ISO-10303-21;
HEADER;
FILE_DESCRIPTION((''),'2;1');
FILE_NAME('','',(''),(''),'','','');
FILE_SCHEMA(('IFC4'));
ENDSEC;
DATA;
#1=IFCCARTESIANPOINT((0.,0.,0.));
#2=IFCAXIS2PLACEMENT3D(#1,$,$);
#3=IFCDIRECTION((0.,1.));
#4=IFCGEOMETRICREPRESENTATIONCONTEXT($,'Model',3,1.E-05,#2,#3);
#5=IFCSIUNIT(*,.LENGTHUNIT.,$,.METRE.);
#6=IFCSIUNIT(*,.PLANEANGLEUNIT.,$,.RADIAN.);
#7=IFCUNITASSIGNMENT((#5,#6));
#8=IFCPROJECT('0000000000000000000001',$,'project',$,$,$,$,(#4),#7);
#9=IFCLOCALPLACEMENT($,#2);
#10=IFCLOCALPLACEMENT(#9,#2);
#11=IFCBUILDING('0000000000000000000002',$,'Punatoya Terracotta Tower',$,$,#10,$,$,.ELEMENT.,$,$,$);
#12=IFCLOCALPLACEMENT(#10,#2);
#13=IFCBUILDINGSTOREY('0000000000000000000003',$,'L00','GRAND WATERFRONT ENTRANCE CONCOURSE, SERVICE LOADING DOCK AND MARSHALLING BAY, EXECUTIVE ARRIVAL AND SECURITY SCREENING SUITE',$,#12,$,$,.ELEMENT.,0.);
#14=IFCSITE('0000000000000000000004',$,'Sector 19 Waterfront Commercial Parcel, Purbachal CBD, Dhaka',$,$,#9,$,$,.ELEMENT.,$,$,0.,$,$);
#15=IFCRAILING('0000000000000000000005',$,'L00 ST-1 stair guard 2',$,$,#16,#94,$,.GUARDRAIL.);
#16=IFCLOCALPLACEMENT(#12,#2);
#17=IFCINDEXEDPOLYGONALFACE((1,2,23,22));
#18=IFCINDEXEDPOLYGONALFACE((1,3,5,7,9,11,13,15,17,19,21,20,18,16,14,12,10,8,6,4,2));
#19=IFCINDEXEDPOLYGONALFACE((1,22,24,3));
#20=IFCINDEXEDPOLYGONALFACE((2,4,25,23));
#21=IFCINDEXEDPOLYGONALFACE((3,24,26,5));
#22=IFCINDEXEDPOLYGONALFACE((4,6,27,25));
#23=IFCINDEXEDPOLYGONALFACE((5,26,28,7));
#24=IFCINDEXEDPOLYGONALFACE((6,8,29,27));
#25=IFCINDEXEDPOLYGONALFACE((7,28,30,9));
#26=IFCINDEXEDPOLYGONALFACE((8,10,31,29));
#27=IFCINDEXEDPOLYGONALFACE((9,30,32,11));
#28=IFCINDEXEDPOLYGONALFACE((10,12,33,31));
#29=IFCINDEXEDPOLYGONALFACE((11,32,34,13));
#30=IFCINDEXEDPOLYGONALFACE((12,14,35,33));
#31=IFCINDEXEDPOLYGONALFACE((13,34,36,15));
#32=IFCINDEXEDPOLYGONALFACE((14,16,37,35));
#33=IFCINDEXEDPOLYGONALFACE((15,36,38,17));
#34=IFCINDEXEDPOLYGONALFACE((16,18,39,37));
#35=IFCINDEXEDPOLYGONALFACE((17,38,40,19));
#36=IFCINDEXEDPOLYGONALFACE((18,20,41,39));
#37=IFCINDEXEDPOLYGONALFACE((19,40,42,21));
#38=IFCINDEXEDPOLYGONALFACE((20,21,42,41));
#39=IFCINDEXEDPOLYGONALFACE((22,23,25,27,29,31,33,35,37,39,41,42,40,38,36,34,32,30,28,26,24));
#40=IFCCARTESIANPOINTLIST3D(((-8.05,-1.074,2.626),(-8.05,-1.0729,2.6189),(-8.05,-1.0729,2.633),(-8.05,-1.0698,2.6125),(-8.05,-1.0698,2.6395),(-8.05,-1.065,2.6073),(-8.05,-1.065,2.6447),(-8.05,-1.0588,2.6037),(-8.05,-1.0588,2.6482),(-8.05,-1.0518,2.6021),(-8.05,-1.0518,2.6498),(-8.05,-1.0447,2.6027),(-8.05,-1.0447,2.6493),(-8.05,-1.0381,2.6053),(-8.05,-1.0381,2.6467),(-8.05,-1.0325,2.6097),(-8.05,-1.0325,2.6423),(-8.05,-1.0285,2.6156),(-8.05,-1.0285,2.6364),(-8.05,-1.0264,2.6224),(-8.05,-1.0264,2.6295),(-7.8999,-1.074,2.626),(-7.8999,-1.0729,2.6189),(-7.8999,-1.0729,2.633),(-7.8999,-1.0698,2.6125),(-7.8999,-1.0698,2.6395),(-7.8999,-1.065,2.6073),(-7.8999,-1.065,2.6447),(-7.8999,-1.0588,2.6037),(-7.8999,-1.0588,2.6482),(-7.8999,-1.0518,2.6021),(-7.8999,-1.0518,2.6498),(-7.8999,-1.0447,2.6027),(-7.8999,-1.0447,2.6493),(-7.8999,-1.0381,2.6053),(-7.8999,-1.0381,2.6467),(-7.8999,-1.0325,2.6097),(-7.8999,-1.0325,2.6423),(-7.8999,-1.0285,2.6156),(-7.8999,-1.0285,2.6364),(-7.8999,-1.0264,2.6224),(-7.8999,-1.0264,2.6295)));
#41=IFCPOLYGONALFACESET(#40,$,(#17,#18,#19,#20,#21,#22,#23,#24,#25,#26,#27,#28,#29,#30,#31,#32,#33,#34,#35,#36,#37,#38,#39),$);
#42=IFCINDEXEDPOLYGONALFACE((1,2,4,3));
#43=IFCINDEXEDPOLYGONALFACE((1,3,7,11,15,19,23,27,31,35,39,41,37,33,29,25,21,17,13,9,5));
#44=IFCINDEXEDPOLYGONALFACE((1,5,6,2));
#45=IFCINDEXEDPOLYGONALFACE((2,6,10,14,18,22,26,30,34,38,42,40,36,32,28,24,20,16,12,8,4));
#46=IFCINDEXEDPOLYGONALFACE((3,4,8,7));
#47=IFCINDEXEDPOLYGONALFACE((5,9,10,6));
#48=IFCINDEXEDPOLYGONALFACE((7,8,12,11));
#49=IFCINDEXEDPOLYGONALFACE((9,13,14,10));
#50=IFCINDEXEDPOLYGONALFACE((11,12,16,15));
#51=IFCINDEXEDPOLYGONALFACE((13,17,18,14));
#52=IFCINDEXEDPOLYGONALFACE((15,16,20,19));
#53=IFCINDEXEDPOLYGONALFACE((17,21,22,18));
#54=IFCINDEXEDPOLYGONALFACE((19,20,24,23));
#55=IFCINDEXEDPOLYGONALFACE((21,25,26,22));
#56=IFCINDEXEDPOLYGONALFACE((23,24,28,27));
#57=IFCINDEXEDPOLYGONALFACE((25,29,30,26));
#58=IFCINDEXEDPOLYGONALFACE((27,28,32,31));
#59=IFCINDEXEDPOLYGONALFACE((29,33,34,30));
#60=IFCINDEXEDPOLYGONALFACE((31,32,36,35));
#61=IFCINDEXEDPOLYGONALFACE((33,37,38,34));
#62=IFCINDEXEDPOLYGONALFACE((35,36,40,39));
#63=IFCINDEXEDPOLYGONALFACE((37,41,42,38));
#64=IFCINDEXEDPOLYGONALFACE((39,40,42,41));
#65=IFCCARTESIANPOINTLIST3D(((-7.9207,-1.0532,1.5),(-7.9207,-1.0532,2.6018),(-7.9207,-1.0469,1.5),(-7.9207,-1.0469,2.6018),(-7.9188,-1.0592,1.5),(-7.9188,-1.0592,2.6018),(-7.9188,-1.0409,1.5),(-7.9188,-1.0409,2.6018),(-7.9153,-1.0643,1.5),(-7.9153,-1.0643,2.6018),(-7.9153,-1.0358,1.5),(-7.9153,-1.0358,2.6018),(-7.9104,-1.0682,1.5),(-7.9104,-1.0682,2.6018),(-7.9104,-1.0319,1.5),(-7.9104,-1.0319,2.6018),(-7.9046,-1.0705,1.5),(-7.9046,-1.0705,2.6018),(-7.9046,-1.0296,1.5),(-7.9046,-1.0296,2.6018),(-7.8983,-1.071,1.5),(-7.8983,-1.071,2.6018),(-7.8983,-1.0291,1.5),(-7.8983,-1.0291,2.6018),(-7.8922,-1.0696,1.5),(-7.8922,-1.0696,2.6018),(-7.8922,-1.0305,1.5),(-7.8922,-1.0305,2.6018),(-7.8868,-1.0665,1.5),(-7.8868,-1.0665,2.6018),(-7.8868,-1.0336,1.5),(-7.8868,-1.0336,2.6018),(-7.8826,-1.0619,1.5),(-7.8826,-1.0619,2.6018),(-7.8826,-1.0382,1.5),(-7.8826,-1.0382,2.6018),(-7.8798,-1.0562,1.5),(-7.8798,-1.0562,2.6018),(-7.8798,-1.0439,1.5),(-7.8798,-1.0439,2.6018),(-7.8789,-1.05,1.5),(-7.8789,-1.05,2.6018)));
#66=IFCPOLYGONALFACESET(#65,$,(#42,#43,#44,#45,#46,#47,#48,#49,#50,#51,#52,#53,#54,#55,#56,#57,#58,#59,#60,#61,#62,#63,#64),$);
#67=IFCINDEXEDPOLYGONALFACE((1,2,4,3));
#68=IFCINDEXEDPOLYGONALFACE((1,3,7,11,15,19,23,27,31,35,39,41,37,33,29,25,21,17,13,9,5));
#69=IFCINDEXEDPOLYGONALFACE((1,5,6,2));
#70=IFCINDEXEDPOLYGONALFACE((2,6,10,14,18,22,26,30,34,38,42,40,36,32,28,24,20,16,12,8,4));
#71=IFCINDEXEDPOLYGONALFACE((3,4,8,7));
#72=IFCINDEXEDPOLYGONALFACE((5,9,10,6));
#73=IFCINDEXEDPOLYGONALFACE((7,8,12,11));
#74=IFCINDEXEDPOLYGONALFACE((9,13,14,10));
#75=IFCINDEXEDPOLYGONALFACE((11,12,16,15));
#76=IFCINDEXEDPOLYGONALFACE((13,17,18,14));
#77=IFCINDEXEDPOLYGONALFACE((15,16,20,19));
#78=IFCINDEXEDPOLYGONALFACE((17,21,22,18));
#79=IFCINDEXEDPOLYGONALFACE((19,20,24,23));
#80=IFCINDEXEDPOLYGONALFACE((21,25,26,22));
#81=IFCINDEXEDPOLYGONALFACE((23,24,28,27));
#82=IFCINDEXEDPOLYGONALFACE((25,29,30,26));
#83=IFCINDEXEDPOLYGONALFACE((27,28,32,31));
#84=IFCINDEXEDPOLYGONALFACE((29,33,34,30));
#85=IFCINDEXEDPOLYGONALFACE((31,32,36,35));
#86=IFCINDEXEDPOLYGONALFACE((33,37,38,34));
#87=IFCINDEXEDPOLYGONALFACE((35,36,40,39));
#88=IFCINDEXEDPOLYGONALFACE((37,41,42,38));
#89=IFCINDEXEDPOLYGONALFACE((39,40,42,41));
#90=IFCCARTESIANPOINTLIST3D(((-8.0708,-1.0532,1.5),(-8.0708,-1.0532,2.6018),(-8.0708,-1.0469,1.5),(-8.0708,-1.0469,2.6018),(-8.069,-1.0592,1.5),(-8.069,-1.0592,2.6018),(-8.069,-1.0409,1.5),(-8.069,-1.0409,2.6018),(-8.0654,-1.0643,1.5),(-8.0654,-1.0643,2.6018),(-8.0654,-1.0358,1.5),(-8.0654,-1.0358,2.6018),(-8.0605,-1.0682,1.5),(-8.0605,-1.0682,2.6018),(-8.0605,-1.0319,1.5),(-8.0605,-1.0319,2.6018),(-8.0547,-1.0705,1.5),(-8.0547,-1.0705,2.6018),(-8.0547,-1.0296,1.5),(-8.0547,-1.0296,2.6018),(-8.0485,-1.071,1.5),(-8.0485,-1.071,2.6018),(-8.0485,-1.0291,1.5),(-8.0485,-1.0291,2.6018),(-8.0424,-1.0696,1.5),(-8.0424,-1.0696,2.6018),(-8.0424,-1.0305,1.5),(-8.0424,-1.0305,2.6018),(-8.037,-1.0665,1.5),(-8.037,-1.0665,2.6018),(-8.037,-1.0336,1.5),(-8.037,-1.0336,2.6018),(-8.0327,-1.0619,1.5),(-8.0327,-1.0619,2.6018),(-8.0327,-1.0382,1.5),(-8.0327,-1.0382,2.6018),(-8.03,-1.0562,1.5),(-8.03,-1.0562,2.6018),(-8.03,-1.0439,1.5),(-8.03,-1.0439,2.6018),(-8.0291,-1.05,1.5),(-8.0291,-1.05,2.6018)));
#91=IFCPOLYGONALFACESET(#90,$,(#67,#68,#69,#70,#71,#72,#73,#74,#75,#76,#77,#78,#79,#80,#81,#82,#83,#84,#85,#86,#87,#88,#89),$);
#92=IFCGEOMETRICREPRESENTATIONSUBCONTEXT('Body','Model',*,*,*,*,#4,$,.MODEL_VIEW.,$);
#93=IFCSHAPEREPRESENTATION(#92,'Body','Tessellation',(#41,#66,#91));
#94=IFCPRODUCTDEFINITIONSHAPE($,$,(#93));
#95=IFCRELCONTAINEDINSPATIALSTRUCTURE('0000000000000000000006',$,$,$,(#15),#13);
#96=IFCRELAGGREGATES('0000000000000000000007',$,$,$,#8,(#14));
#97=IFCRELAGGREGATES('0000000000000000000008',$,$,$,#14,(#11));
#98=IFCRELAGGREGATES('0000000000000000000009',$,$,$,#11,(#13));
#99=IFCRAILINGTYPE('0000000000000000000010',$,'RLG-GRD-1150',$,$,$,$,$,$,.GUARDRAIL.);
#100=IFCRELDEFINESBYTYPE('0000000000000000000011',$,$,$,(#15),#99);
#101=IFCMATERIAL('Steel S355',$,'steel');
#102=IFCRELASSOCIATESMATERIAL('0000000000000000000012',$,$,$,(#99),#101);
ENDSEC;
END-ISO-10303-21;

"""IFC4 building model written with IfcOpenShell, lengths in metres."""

from ifc_helpers import new_model, si_unit, direction, frame, origin, origin_2d, place, context, subcontext, project, spatial, circle, extrude, material, type_object, element, save


model = new_model("IFC4")

# Units and contexts
model_context = context("Model", 3, precision=1e-05, world=origin(), true_north=direction((0.0, 1.0)))
body_context = subcontext(model_context, "Body", "Model", "MODEL_VIEW")
ifc_project = project(units=[si_unit("LENGTHUNIT", "METRE"), si_unit("PLANEANGLEUNIT", "RADIAN")], contexts=[model_context])

# Site, building, storey
site_placement = place(None, origin())
site = spatial("IfcSite", under=ifc_project, at=site_placement, Name="Sector 19 Waterfront Commercial Parcel, Purbachal CBD, Dhaka", CompositionType="ELEMENT", RefElevation=0.0)
building_placement = place(site_placement, origin())
building = spatial("IfcBuilding", under=site, at=building_placement, Name="Punatoya Terracotta Tower", CompositionType="ELEMENT")
storey_placement = place(building_placement, origin())
storey = spatial("IfcBuildingStorey", under=building, at=storey_placement, Name="L00", Description="GRAND WATERFRONT ENTRANCE CONCOURSE, SERVICE LOADING DOCK AND MARSHALLING BAY, EXECUTIVE ARRIVAL AND SECURITY SCREENING SUITE", CompositionType="ELEMENT", Elevation=0.0)

# Shared definitions
ifc_material_1 = material(Name="Steel S355", Category="steel")

# Railing
railing_type_1 = type_object("IfcRailingType", Name="RLG-GRD-1150", PredefinedType="GUARDRAIL", material=ifc_material_1)
railing_1_placement = place(storey_placement, frame((-7.8999, -1.05, 1.5)))
element("IfcRailing", 1, at=railing_1_placement, inside=storey, type_object=railing_type_1, Name="L00 ST-1 stair guard 2", PredefinedType="GUARDRAIL", context=body_context, shape_type="SweptSolid", body=[
    extrude(circle(Radius=0.0239, at=origin_2d()), frame((0.0, 0.0, 1.126), z_axis=(-1.0, 0.0, 0.0), x_axis=(0.0, -1.0, 0.0)), (0.0, 0.0, 1.0), 0.1501),
    extrude(circle(Radius=0.021, at=origin_2d()), origin(), (0.0, 0.0, 1.0), 1.1018),
    extrude(circle(Radius=0.021, at=origin_2d()), frame((-0.1501, 0.0, 0.0)), (0.0, 0.0, 1.0), 1.1018),
])

save(model, "model.ifc")
